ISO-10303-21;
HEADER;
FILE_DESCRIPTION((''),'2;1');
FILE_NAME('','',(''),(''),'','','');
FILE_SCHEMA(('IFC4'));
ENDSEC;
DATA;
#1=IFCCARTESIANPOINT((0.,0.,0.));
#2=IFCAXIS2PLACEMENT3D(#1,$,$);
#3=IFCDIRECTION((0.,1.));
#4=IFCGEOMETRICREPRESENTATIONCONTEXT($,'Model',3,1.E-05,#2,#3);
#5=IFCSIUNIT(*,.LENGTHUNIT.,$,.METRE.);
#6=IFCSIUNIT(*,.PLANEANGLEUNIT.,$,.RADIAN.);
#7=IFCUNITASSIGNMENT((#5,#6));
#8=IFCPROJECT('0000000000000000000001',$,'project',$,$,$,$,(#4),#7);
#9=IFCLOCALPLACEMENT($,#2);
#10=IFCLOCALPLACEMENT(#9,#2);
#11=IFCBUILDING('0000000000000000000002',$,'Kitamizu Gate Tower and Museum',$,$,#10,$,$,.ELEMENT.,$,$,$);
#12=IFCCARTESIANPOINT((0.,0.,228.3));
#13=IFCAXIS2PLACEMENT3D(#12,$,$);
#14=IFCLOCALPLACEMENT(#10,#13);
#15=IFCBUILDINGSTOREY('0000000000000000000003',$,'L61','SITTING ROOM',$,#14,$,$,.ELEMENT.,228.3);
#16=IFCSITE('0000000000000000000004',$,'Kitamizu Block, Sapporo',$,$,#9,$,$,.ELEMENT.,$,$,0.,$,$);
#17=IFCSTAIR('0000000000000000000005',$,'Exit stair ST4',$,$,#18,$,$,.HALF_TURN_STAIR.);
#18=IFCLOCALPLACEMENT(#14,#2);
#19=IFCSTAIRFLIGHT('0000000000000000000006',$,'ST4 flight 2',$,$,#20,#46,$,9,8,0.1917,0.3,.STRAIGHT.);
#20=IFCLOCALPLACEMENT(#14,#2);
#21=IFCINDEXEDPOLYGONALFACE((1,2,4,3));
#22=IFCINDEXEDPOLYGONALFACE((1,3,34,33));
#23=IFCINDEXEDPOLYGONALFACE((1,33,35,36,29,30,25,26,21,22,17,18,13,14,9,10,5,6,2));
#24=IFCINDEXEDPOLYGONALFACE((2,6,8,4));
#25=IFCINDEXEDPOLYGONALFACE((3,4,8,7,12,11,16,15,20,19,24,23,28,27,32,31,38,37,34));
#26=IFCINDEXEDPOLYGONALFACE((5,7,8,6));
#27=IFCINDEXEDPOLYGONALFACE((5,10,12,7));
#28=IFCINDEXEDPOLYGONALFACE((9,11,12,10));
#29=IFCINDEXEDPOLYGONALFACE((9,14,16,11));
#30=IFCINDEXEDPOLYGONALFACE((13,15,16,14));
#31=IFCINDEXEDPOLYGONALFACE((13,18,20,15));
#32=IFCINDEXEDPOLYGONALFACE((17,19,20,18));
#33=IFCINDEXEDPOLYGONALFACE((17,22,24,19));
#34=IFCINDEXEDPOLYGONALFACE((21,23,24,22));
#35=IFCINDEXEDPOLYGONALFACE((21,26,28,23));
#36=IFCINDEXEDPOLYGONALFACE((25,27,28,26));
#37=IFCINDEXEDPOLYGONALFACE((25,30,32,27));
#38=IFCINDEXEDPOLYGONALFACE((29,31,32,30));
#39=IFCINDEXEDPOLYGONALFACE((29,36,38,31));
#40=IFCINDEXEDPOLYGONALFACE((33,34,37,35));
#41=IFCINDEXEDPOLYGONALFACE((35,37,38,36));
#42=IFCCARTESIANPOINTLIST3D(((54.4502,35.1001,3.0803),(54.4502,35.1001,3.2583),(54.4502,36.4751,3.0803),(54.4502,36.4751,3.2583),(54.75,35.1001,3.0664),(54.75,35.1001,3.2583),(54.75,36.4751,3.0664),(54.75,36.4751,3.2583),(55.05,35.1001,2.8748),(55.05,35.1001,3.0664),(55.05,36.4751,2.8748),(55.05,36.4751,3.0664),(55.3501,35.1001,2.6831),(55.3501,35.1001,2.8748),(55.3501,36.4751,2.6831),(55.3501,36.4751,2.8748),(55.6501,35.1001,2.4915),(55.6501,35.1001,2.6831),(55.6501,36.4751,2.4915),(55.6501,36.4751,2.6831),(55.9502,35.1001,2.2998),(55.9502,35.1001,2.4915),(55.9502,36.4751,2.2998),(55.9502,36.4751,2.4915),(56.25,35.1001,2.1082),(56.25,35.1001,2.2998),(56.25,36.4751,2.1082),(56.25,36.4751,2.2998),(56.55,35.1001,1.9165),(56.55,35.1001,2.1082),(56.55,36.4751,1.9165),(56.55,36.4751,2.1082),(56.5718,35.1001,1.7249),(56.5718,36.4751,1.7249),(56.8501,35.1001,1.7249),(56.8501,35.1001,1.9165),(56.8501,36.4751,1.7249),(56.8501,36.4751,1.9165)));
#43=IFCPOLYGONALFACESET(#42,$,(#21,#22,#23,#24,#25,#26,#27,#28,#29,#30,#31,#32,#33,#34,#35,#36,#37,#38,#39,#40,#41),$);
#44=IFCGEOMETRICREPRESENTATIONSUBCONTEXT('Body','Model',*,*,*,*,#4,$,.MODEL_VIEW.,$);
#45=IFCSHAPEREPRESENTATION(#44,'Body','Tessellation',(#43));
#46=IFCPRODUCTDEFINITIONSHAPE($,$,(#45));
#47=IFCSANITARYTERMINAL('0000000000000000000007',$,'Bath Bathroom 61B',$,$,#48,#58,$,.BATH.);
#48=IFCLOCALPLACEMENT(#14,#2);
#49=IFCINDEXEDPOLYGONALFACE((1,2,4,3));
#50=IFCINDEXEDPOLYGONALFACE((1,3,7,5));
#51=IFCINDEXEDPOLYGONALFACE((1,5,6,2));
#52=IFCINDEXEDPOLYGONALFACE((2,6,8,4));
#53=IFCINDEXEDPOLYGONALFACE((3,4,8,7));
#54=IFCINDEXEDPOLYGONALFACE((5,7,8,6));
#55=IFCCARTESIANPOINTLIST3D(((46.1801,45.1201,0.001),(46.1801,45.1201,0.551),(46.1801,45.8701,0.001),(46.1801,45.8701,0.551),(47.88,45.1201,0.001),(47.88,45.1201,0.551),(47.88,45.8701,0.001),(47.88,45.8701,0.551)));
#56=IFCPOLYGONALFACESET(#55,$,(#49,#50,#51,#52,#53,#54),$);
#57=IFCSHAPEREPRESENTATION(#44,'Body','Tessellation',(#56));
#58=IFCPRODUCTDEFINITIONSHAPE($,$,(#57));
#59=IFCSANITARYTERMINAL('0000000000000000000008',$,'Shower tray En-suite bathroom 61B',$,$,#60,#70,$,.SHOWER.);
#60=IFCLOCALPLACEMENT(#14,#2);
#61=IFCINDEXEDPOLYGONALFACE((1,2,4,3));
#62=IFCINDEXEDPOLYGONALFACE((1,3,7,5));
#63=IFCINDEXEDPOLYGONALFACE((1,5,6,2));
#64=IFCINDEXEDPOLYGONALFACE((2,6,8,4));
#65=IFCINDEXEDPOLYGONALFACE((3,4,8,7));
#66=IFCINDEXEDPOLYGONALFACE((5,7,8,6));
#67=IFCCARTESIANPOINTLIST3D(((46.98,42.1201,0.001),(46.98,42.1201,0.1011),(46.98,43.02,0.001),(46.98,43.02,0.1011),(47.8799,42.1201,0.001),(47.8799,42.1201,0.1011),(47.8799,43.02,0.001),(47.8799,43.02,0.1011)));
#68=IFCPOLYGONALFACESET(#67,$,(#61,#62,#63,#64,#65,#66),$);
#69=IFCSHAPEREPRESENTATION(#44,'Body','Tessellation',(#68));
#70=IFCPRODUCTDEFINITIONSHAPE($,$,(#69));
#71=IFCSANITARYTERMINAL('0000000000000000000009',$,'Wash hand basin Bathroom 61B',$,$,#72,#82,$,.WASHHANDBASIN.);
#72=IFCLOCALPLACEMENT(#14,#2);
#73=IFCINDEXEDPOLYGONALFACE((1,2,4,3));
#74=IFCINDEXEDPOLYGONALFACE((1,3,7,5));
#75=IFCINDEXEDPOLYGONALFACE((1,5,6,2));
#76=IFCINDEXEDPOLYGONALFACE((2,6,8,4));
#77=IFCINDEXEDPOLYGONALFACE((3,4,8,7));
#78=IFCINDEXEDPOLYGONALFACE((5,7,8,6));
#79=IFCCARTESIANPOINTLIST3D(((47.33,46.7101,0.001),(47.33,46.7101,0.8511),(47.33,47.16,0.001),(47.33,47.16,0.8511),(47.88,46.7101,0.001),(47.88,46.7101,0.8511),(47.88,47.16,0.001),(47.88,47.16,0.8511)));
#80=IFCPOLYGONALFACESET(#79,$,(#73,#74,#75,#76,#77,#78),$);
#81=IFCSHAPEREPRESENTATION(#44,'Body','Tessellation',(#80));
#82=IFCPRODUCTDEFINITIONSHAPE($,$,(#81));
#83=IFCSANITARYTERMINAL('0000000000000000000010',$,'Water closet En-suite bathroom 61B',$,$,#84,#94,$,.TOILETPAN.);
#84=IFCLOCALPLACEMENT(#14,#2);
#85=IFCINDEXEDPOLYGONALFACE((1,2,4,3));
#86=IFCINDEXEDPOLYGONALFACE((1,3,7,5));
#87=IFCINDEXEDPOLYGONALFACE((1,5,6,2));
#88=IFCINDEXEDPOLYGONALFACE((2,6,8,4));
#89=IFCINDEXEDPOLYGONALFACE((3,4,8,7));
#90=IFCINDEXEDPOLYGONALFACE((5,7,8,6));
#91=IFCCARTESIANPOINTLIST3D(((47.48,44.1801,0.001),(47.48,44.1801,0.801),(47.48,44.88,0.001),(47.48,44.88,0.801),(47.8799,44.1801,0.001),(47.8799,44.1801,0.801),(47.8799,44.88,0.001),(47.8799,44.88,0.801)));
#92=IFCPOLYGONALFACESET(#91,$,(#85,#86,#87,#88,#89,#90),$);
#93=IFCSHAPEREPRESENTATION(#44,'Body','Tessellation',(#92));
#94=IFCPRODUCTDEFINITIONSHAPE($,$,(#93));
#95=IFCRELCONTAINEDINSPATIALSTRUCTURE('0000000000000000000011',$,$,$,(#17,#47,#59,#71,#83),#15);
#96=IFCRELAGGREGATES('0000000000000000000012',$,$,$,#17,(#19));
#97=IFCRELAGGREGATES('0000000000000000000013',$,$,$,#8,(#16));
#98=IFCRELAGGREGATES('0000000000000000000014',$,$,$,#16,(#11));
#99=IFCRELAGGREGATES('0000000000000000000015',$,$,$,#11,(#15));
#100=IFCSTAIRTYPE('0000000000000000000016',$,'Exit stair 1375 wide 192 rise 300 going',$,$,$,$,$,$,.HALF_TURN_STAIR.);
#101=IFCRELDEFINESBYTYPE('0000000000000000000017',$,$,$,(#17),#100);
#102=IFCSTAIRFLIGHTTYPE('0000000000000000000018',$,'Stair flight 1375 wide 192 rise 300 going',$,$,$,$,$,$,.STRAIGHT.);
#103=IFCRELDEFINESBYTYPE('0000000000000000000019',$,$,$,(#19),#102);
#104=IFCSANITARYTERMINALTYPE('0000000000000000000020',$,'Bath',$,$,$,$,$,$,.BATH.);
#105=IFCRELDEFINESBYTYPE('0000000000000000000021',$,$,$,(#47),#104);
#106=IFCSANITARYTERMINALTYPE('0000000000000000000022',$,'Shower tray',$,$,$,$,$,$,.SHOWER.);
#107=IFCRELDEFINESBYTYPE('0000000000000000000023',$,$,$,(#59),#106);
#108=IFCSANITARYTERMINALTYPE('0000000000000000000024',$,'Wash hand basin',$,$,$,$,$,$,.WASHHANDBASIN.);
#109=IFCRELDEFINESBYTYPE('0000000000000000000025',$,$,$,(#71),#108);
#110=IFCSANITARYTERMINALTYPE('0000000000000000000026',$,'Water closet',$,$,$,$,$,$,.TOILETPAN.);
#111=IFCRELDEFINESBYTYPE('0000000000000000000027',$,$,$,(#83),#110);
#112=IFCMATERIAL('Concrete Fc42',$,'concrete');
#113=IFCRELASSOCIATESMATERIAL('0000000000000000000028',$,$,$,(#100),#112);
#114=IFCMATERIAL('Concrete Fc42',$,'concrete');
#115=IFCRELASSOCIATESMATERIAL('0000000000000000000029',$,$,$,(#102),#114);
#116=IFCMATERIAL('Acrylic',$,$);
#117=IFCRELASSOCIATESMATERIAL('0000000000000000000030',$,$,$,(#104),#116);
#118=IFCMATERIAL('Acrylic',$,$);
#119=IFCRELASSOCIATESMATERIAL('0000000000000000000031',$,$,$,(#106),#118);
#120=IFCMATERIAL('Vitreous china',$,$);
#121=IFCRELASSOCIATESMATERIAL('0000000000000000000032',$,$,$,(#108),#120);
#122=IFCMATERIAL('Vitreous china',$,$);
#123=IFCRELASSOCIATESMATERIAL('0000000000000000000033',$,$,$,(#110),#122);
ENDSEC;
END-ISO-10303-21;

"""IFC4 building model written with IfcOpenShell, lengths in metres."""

from ifc_helpers import new_model, si_unit, direction, frame, origin, origin_2d, place, context, subcontext, project, spatial, polyline, rectangle, outline, extrude, material, type_object, element, aggregate, save


model = new_model("IFC4")

# Units and contexts
model_context = context("Model", 3, precision=1e-05, world=origin(), true_north=direction((0.0, 1.0)))
body_context = subcontext(model_context, "Body", "Model", "MODEL_VIEW")
ifc_project = project(units=[si_unit("LENGTHUNIT", "METRE"), si_unit("PLANEANGLEUNIT", "RADIAN")], contexts=[model_context])

# Site, building, storey
site_placement = place(None, origin())
site = spatial("IfcSite", under=ifc_project, at=site_placement, Name="Kitamizu Block, Sapporo", CompositionType="ELEMENT", RefElevation=0.0)
building_placement = place(site_placement, origin())
building = spatial("IfcBuilding", under=site, at=building_placement, Name="Kitamizu Gate Tower and Museum", CompositionType="ELEMENT")
storey_placement = place(building_placement, frame((0.0, 0.0, 228.3)))
storey = spatial("IfcBuildingStorey", under=building, at=storey_placement, Name="L61", Description="SITTING ROOM", CompositionType="ELEMENT", Elevation=228.3)

# Stair, stair flight
ifc_material_1 = material(Name="Concrete Fc42", Category="concrete")
stair_type = type_object("IfcStairType", Name="Exit stair 1375 wide 192 rise 300 going", PredefinedType="HALF_TURN_STAIR", material=ifc_material_1)
stair_placement = place(storey_placement, origin())
stair = element("IfcStair", 1, at=stair_placement, inside=storey, type_object=stair_type, Name="Exit stair ST4", PredefinedType="HALF_TURN_STAIR")
ifc_material_2 = material(Name="Concrete Fc42", Category="concrete")
stair_flight_type = type_object("IfcStairFlightType", Name="Stair flight 1375 wide 192 rise 300 going", PredefinedType="STRAIGHT", material=ifc_material_2)
stair_flight_1_placement = place(storey_placement, frame((56.8501, 35.7876, 1.7249), z_axis=(0.0, 0.0, 1.0), x_axis=(-1.0, 0.0, 0.0)))
stair_flight_1 = element("IfcStairFlight", 2, at=stair_flight_1_placement, type_object=stair_flight_type, Name="ST4 flight 2", NumberOfRisers=9, NumberOfTreads=8, PredefinedType="STRAIGHT", RiserHeight=0.1917, TreadLength=0.3, context=body_context, shape_type="SweptSolid", body=[
    extrude(outline(polyline([(0.0, 0.0), (0.0, 0.1917), (0.3, 0.1917), (0.3, 0.3833), (0.6001, 0.3833), (0.6001, 0.575), (0.8999, 0.575), (0.8999, 0.7666), (1.2, 0.7666), (1.2, 0.9583), (1.5, 0.9583), (1.5, 1.1499), (1.8, 1.1499), (1.8, 1.3416), (2.1001, 1.3416), (2.1001, 1.5334), (2.3999, 1.5334), (2.3999, 1.7251), (2.3999, 1.3555), (0.2783, 0.0), (0.0, 0.0)])), frame((0.0, 0.6875, 0.0), z_axis=(0.0, -1.0, 0.0), x_axis=(1.0, 0.0, 0.0)), (0.0, 0.0, 1.0), 1.375),
])
aggregate(stair, [stair_flight_1])

# Sanitary terminals
ifc_material_3 = material(Name="Acrylic")
sanitary_terminal_type_1 = type_object("IfcSanitaryTerminalType", Name="Bath", PredefinedType="BATH", material=ifc_material_3)
sanitary_terminal_1_placement = place(storey_placement, frame((47.03, 45.4951, 0.001), z_axis=(0.0, 0.0, 1.0), x_axis=(1.0, 0.0, 0.0)))
element("IfcSanitaryTerminal", 3, at=sanitary_terminal_1_placement, inside=storey, type_object=sanitary_terminal_type_1, Name="Bath Bathroom 61B", PredefinedType="BATH", context=body_context, shape_type="SweptSolid", body=[
    extrude(rectangle(XDim=1.7, YDim=0.75, at=origin_2d()), origin(), (0.0, 0.0, 1.0), 0.55),
])
ifc_material_4 = material(Name="Acrylic")
sanitary_terminal_type_2 = type_object("IfcSanitaryTerminalType", Name="Shower tray", PredefinedType="SHOWER", material=ifc_material_4)
sanitary_terminal_2_placement = place(storey_placement, frame((47.4299, 42.5701, 0.001), z_axis=(0.0, 0.0, 1.0), x_axis=(1.0, 0.0, 0.0)))
element("IfcSanitaryTerminal", 4, at=sanitary_terminal_2_placement, inside=storey, type_object=sanitary_terminal_type_2, Name="Shower tray En-suite bathroom 61B", PredefinedType="SHOWER", context=body_context, shape_type="SweptSolid", body=[
    extrude(rectangle(XDim=0.8999, YDim=0.8999, at=origin_2d()), origin(), (0.0, 0.0, 1.0), 0.1001),
])
ifc_material_5 = material(Name="Vitreous china")
sanitary_terminal_type_3 = type_object("IfcSanitaryTerminalType", Name="Wash hand basin", PredefinedType="WASHHANDBASIN", material=ifc_material_5)
sanitary_terminal_3_placement = place(storey_placement, frame((47.605, 46.9351, 0.001), z_axis=(0.0, 0.0, 1.0), x_axis=(1.0, 0.0, 0.0)))
element("IfcSanitaryTerminal", 5, at=sanitary_terminal_3_placement, inside=storey, type_object=sanitary_terminal_type_3, Name="Wash hand basin Bathroom 61B", PredefinedType="WASHHANDBASIN", context=body_context, shape_type="SweptSolid", body=[
    extrude(rectangle(XDim=0.55, YDim=0.45, at=origin_2d()), origin(), (0.0, 0.0, 1.0), 0.8501),
])
ifc_material_6 = material(Name="Vitreous china")
sanitary_terminal_type_4 = type_object("IfcSanitaryTerminalType", Name="Water closet", PredefinedType="TOILETPAN", material=ifc_material_6)
sanitary_terminal_4_placement = place(storey_placement, frame((47.6799, 44.53, 0.001), z_axis=(0.0, 0.0, 1.0), x_axis=(1.0, 0.0, 0.0)))
element("IfcSanitaryTerminal", 6, at=sanitary_terminal_4_placement, inside=storey, type_object=sanitary_terminal_type_4, Name="Water closet En-suite bathroom 61B", PredefinedType="TOILETPAN", context=body_context, shape_type="SweptSolid", body=[
    extrude(rectangle(XDim=0.3999, YDim=0.7, at=origin_2d()), origin(), (0.0, 0.0, 1.0), 0.8),
])

save(model, "model.ifc")
